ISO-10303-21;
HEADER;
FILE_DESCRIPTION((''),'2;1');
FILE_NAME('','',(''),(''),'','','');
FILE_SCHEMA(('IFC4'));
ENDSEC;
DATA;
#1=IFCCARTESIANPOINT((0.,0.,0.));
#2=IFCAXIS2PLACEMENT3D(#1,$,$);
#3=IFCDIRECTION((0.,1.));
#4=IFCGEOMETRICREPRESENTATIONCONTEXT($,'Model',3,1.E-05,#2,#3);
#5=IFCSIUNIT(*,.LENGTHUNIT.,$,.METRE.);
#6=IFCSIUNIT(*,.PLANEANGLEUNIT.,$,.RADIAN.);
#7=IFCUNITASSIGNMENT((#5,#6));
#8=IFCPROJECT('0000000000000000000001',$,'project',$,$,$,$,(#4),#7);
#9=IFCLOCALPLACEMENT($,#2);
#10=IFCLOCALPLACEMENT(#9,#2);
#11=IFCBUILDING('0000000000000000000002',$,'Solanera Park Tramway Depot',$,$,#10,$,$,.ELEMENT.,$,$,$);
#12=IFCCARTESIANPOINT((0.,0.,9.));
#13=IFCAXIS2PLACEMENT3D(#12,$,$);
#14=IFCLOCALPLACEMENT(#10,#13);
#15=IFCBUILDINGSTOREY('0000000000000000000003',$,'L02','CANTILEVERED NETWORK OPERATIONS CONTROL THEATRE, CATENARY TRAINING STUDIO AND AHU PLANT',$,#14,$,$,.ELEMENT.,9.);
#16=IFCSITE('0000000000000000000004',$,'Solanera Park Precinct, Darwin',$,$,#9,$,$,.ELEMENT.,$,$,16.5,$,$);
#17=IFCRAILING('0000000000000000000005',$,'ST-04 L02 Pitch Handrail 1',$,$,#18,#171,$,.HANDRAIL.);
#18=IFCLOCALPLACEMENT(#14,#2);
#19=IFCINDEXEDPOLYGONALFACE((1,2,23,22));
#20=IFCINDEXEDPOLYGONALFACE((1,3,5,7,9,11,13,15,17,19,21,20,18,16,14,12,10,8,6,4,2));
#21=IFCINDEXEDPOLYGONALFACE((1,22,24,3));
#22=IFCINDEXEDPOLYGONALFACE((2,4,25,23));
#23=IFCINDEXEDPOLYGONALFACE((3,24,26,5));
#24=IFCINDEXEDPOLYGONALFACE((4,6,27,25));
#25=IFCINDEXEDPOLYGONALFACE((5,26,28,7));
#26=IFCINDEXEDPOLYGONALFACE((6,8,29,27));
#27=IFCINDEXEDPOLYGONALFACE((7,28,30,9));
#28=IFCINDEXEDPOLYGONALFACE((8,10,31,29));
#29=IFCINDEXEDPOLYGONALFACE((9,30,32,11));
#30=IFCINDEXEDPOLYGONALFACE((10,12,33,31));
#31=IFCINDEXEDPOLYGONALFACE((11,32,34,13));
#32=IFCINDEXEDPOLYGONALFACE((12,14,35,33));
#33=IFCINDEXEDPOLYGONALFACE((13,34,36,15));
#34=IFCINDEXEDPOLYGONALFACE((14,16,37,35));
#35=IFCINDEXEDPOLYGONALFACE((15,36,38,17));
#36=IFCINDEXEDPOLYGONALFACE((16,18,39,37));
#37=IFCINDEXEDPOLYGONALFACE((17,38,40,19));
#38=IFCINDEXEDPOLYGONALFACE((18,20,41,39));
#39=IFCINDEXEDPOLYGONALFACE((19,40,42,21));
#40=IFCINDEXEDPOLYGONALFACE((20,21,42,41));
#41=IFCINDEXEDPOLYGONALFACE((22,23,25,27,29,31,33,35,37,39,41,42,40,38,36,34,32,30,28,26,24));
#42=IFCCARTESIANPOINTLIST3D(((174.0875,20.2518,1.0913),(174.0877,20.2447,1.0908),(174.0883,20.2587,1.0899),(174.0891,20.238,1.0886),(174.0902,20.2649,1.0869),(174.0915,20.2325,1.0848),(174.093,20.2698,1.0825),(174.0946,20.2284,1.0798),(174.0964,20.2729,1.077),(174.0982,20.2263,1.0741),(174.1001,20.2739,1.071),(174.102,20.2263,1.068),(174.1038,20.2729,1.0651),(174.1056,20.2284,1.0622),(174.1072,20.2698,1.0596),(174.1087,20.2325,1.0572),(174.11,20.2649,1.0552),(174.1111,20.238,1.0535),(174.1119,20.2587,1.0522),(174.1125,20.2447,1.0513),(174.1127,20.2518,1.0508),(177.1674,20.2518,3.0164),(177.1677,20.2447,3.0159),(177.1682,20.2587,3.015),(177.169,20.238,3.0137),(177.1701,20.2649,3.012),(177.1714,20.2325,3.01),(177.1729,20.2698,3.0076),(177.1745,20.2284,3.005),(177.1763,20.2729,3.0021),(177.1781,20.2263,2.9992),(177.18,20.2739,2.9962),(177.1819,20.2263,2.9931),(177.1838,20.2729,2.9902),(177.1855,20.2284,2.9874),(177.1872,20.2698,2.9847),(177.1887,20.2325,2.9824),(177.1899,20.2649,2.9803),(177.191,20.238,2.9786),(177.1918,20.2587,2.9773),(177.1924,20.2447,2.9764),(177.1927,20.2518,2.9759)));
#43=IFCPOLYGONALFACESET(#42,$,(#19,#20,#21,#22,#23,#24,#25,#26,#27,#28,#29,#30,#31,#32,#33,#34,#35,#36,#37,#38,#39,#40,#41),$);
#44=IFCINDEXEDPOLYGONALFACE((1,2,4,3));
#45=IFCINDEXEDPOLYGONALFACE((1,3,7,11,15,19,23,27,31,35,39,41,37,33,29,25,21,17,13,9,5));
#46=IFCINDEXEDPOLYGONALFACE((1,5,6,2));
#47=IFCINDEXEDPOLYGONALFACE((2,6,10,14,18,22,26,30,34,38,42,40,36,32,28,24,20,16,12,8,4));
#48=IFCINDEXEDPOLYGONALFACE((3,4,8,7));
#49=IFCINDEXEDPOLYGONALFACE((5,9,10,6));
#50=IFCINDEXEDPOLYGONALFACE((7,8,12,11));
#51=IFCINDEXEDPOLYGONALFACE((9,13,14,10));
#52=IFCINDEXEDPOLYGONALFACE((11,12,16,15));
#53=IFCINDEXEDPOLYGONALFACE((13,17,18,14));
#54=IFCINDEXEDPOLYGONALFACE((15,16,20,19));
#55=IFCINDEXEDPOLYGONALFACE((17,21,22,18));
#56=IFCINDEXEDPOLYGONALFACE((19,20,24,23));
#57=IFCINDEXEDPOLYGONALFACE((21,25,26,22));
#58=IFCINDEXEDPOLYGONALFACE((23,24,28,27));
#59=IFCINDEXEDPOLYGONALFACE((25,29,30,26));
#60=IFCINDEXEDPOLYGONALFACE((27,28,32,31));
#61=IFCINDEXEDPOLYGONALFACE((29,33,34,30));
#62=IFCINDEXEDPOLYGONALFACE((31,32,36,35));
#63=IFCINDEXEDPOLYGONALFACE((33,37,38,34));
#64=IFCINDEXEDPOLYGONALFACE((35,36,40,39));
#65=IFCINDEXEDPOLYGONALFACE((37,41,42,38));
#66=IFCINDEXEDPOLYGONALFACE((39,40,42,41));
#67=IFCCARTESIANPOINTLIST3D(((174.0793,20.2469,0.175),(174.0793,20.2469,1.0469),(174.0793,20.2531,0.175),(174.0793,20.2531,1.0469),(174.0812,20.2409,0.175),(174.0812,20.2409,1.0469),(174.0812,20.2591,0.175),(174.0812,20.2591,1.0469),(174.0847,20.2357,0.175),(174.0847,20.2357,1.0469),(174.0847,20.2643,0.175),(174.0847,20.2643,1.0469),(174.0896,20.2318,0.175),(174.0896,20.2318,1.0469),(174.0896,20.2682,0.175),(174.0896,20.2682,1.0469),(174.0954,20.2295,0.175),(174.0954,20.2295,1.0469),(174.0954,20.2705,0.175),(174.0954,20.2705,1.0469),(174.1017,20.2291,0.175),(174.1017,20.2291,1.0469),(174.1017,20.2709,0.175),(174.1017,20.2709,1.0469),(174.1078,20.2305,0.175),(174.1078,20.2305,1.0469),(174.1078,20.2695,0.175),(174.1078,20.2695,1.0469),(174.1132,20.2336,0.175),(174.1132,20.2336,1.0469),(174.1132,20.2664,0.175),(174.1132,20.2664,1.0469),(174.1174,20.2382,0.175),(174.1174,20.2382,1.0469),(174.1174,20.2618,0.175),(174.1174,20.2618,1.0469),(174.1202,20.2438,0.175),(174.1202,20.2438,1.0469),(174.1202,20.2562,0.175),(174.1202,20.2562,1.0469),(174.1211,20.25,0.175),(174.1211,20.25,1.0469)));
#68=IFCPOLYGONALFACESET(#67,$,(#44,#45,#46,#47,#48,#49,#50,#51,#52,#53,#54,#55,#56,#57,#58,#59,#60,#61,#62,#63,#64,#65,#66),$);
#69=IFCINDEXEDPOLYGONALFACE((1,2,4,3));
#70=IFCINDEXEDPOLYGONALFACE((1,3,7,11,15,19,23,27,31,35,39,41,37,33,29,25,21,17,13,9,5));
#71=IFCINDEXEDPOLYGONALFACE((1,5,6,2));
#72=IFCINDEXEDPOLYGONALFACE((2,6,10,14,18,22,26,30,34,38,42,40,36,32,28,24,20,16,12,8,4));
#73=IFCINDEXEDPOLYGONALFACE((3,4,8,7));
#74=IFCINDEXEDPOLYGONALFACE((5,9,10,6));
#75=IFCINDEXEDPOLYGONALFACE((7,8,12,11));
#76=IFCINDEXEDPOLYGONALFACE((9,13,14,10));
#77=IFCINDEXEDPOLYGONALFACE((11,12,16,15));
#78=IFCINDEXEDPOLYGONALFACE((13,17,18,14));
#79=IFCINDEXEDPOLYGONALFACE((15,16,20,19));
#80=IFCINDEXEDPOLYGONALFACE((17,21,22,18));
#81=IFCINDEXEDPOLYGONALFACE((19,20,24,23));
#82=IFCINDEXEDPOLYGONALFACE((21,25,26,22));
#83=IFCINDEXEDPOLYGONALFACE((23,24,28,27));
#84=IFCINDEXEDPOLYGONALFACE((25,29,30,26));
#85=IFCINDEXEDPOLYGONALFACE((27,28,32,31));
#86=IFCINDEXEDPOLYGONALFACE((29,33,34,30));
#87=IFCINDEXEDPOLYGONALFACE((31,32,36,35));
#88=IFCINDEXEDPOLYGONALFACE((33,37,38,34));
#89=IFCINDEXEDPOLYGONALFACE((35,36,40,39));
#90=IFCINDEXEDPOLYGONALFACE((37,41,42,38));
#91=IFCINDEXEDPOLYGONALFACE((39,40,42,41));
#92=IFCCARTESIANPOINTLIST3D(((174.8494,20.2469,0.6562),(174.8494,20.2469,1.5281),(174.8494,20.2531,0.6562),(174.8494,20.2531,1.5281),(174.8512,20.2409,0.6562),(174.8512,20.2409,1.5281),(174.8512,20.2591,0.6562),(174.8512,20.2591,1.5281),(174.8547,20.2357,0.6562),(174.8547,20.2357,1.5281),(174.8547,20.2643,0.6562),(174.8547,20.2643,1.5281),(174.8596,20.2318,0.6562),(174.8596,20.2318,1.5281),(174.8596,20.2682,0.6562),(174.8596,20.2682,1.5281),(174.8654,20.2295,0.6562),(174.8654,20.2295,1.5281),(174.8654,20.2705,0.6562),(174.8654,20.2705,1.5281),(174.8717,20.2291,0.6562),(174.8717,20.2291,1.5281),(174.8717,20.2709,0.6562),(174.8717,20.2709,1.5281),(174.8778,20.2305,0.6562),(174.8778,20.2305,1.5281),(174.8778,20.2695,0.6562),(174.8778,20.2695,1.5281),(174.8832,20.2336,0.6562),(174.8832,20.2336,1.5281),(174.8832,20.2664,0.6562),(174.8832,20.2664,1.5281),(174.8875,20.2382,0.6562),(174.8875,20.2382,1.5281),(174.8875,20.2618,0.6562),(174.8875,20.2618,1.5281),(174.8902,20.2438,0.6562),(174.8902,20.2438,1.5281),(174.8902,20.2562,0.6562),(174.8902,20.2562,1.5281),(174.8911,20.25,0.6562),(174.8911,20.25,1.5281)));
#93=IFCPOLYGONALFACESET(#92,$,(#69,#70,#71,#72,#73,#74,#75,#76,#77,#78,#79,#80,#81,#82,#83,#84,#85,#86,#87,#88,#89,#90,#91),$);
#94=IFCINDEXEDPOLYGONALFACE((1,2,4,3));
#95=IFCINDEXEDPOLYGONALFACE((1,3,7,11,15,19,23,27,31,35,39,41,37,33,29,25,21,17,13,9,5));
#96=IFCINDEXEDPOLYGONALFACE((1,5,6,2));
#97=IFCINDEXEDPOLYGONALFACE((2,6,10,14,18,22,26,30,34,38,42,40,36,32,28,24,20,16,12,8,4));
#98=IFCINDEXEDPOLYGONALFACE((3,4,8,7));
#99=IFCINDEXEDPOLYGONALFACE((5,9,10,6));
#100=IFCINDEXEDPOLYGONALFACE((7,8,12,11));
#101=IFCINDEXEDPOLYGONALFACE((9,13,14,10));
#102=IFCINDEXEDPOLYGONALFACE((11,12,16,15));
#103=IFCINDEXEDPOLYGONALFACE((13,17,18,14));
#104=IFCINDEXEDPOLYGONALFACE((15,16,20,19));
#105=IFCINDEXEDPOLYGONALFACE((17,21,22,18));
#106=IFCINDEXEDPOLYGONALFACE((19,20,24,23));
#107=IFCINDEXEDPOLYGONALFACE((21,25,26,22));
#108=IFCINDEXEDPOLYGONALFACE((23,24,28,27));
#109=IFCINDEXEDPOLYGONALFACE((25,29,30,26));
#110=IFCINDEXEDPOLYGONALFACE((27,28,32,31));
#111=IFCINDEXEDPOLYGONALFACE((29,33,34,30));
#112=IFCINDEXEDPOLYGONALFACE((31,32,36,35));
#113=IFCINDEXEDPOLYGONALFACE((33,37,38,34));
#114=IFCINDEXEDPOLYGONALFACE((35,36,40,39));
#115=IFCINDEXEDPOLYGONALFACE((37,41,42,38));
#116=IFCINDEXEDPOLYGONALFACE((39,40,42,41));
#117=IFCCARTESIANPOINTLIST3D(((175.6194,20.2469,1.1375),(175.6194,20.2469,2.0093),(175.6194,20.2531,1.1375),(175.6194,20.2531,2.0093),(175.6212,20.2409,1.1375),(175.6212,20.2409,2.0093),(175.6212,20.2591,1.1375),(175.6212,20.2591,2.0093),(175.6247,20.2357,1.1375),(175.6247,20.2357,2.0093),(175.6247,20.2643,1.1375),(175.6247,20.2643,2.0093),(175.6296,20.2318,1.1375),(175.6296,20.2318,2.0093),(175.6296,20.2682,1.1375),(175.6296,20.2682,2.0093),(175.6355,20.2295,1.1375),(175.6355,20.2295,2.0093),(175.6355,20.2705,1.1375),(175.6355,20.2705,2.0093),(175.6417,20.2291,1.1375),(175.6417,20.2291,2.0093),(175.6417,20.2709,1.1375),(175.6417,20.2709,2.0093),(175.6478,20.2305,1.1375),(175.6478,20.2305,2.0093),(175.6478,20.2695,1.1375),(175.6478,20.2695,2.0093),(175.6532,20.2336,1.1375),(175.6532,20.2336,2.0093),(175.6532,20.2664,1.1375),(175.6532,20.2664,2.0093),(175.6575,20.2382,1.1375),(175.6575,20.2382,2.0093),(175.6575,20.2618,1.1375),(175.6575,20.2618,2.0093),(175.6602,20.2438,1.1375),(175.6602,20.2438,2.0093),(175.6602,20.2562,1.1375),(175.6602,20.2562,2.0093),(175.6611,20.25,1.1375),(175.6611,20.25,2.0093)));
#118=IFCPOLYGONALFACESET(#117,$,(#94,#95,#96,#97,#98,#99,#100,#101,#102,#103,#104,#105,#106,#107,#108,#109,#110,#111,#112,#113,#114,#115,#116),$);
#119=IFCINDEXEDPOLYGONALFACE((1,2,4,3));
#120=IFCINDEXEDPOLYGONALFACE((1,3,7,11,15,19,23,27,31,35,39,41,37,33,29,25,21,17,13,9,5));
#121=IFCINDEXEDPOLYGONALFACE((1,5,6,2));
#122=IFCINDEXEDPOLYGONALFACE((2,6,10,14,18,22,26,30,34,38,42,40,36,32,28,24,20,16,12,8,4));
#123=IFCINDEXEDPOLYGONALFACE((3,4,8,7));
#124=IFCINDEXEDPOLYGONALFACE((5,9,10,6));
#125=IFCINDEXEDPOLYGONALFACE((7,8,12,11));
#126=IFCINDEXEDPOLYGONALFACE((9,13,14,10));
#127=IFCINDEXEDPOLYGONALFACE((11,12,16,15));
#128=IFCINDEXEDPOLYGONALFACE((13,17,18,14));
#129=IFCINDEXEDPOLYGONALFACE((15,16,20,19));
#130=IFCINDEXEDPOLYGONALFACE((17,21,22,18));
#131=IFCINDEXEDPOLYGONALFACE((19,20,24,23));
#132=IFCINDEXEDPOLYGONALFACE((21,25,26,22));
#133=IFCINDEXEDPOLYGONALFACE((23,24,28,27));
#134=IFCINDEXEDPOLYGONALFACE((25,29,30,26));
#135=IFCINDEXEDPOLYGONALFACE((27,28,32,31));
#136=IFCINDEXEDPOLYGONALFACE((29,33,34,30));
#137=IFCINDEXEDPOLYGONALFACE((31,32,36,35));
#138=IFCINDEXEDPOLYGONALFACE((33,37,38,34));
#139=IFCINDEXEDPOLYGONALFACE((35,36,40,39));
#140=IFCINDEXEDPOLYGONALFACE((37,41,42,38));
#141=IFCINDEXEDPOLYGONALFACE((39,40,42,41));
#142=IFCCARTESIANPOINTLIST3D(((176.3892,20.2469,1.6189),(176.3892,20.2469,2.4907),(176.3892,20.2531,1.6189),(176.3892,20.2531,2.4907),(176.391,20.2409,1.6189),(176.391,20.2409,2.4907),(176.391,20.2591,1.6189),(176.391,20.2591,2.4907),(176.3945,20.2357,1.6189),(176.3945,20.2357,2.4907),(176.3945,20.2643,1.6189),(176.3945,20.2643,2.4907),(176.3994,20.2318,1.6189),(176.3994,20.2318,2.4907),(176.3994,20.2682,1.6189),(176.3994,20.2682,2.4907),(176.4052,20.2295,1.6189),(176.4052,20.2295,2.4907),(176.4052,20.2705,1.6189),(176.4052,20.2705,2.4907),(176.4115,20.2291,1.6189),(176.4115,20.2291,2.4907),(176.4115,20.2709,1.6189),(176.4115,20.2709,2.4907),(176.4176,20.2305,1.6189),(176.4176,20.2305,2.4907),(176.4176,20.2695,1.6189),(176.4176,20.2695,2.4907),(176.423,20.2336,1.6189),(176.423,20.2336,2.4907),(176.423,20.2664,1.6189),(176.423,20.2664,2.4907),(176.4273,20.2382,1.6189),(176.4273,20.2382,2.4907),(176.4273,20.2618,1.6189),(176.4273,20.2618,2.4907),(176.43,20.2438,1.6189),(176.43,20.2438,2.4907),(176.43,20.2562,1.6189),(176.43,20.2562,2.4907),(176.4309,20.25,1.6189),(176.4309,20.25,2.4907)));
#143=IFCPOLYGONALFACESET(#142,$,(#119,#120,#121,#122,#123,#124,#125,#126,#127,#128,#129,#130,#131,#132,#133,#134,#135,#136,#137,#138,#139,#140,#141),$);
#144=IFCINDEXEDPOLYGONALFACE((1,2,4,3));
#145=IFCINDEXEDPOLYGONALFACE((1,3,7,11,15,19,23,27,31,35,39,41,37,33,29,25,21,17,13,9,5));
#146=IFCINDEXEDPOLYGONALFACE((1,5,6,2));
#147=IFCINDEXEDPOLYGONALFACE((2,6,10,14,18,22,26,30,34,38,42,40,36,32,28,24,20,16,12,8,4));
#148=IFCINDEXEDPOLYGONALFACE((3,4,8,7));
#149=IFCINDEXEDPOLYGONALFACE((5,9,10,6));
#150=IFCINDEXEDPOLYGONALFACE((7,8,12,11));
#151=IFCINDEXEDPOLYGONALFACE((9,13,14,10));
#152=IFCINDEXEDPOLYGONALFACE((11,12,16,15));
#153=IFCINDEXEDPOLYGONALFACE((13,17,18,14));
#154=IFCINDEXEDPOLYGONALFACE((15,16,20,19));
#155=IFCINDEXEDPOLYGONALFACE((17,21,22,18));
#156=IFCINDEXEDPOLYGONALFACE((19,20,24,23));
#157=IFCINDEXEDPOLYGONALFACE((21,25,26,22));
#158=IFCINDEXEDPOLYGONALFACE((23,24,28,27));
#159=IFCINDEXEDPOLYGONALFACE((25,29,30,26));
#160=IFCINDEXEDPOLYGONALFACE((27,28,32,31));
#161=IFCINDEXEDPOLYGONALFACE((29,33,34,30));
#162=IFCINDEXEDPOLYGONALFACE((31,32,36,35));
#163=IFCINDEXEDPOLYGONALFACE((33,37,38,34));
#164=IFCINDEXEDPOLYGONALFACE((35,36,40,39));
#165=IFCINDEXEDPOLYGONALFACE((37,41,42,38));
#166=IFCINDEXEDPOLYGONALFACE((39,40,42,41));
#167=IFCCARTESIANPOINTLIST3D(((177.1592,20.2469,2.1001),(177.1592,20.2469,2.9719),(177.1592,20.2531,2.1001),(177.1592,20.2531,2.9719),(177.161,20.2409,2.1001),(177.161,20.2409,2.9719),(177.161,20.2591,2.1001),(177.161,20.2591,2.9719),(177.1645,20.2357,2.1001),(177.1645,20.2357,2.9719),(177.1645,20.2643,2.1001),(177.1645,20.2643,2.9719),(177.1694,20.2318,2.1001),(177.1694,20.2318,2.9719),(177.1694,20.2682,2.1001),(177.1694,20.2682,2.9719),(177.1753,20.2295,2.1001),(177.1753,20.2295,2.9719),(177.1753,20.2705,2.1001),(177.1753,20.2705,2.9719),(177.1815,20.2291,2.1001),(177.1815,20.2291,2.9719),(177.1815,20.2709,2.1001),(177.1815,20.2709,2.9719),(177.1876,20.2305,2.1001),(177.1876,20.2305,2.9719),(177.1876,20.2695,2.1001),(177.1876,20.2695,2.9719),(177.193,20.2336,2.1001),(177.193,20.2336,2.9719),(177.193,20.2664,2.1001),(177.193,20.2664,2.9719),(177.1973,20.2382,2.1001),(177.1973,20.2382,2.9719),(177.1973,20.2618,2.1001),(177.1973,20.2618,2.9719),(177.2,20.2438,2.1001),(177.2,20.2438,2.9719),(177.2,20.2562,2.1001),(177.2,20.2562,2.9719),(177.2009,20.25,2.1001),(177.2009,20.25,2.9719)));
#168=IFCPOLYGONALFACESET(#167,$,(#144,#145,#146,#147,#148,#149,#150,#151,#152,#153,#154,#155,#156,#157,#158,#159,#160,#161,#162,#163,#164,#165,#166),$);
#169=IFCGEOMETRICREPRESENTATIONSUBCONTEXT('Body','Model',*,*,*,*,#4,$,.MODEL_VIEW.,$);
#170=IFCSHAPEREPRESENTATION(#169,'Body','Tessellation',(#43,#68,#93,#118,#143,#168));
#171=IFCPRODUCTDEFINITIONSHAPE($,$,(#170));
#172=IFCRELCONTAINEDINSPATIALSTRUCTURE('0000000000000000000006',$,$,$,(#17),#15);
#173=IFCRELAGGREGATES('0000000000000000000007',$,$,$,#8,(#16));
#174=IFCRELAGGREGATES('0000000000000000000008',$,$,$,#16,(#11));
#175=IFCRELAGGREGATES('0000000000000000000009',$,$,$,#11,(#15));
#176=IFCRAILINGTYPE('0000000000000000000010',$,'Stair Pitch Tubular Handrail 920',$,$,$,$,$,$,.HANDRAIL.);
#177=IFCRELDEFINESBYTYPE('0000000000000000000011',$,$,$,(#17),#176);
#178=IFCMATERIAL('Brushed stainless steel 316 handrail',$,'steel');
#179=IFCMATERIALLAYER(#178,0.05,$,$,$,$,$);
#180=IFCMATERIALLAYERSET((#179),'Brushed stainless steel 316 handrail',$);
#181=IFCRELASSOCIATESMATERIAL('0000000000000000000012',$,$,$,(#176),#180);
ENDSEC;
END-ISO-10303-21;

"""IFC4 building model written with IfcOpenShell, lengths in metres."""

from ifc_helpers import new_model, si_unit, direction, frame, origin, origin_2d, place, context, subcontext, project, spatial, circle, extrude, material, layer, layer_set, type_object, element, save


model = new_model("IFC4")

# Units and contexts
model_context = context("Model", 3, precision=1e-05, world=origin(), true_north=direction((0.0, 1.0)))
body_context = subcontext(model_context, "Body", "Model", "MODEL_VIEW")
ifc_project = project(units=[si_unit("LENGTHUNIT", "METRE"), si_unit("PLANEANGLEUNIT", "RADIAN")], contexts=[model_context])

# Site, building, storey
site_placement = place(None, origin())
site = spatial("IfcSite", under=ifc_project, at=site_placement, Name="Solanera Park Precinct, Darwin", CompositionType="ELEMENT", RefElevation=16.5)
building_placement = place(site_placement, origin())
building = spatial("IfcBuilding", under=site, at=building_placement, Name="Solanera Park Tramway Depot", CompositionType="ELEMENT")
storey_placement = place(building_placement, frame((0.0, 0.0, 9.0)))
storey = spatial("IfcBuildingStorey", under=building, at=storey_placement, Name="L02", Description="CANTILEVERED NETWORK OPERATIONS CONTROL THEATRE, CATENARY TRAINING STUDIO AND AHU PLANT", CompositionType="ELEMENT", Elevation=9.0)

# Railing
ifc_material_1 = material(Name="Brushed stainless steel 316 handrail", Category="steel")
ifc_layer_1 = layer(ifc_material_1, 0.05)
ifc_layer_set_1 = layer_set([ifc_layer_1], Name="Brushed stainless steel 316 handrail")
railing_type = type_object("IfcRailingType", Name="Stair Pitch Tubular Handrail 920", PredefinedType="HANDRAIL", material=ifc_layer_set_1)
railing_placement = place(storey_placement, frame((174.1001, 20.25, 0.175)))
element("IfcRailing", 1, at=railing_placement, inside=storey, type_object=railing_type, Name="ST-04 L02 Pitch Handrail 1", PredefinedType="HANDRAIL", context=body_context, shape_type="SweptSolid", body=[
    extrude(circle(Radius=0.0239, at=origin_2d()), frame((0.0, 0.0, 0.896), z_axis=(0.847979, 0.0, 0.530029), x_axis=(0.0, 1.0, 0.0)), (0.0, 0.0, 1.0), 3.6321),
    extrude(circle(Radius=0.021, at=origin_2d()), origin(), (0.0, 0.0, 1.0), 0.8718),
    extrude(circle(Radius=0.021, at=origin_2d()), frame((0.77, 0.0, 0.4812)), (0.0, 0.0, 1.0), 0.8718),
    extrude(circle(Radius=0.021, at=origin_2d()), frame((1.54, 0.0, 0.9624)), (0.0, 0.0, 1.0), 0.8718),
    extrude(circle(Radius=0.021, at=origin_2d()), frame((2.3098, 0.0, 1.4438)), (0.0, 0.0, 1.0), 0.8718),
    extrude(circle(Radius=0.021, at=origin_2d()), frame((3.0798, 0.0, 1.925)), (0.0, 0.0, 1.0), 0.8718),
])

save(model, "model.ifc")
